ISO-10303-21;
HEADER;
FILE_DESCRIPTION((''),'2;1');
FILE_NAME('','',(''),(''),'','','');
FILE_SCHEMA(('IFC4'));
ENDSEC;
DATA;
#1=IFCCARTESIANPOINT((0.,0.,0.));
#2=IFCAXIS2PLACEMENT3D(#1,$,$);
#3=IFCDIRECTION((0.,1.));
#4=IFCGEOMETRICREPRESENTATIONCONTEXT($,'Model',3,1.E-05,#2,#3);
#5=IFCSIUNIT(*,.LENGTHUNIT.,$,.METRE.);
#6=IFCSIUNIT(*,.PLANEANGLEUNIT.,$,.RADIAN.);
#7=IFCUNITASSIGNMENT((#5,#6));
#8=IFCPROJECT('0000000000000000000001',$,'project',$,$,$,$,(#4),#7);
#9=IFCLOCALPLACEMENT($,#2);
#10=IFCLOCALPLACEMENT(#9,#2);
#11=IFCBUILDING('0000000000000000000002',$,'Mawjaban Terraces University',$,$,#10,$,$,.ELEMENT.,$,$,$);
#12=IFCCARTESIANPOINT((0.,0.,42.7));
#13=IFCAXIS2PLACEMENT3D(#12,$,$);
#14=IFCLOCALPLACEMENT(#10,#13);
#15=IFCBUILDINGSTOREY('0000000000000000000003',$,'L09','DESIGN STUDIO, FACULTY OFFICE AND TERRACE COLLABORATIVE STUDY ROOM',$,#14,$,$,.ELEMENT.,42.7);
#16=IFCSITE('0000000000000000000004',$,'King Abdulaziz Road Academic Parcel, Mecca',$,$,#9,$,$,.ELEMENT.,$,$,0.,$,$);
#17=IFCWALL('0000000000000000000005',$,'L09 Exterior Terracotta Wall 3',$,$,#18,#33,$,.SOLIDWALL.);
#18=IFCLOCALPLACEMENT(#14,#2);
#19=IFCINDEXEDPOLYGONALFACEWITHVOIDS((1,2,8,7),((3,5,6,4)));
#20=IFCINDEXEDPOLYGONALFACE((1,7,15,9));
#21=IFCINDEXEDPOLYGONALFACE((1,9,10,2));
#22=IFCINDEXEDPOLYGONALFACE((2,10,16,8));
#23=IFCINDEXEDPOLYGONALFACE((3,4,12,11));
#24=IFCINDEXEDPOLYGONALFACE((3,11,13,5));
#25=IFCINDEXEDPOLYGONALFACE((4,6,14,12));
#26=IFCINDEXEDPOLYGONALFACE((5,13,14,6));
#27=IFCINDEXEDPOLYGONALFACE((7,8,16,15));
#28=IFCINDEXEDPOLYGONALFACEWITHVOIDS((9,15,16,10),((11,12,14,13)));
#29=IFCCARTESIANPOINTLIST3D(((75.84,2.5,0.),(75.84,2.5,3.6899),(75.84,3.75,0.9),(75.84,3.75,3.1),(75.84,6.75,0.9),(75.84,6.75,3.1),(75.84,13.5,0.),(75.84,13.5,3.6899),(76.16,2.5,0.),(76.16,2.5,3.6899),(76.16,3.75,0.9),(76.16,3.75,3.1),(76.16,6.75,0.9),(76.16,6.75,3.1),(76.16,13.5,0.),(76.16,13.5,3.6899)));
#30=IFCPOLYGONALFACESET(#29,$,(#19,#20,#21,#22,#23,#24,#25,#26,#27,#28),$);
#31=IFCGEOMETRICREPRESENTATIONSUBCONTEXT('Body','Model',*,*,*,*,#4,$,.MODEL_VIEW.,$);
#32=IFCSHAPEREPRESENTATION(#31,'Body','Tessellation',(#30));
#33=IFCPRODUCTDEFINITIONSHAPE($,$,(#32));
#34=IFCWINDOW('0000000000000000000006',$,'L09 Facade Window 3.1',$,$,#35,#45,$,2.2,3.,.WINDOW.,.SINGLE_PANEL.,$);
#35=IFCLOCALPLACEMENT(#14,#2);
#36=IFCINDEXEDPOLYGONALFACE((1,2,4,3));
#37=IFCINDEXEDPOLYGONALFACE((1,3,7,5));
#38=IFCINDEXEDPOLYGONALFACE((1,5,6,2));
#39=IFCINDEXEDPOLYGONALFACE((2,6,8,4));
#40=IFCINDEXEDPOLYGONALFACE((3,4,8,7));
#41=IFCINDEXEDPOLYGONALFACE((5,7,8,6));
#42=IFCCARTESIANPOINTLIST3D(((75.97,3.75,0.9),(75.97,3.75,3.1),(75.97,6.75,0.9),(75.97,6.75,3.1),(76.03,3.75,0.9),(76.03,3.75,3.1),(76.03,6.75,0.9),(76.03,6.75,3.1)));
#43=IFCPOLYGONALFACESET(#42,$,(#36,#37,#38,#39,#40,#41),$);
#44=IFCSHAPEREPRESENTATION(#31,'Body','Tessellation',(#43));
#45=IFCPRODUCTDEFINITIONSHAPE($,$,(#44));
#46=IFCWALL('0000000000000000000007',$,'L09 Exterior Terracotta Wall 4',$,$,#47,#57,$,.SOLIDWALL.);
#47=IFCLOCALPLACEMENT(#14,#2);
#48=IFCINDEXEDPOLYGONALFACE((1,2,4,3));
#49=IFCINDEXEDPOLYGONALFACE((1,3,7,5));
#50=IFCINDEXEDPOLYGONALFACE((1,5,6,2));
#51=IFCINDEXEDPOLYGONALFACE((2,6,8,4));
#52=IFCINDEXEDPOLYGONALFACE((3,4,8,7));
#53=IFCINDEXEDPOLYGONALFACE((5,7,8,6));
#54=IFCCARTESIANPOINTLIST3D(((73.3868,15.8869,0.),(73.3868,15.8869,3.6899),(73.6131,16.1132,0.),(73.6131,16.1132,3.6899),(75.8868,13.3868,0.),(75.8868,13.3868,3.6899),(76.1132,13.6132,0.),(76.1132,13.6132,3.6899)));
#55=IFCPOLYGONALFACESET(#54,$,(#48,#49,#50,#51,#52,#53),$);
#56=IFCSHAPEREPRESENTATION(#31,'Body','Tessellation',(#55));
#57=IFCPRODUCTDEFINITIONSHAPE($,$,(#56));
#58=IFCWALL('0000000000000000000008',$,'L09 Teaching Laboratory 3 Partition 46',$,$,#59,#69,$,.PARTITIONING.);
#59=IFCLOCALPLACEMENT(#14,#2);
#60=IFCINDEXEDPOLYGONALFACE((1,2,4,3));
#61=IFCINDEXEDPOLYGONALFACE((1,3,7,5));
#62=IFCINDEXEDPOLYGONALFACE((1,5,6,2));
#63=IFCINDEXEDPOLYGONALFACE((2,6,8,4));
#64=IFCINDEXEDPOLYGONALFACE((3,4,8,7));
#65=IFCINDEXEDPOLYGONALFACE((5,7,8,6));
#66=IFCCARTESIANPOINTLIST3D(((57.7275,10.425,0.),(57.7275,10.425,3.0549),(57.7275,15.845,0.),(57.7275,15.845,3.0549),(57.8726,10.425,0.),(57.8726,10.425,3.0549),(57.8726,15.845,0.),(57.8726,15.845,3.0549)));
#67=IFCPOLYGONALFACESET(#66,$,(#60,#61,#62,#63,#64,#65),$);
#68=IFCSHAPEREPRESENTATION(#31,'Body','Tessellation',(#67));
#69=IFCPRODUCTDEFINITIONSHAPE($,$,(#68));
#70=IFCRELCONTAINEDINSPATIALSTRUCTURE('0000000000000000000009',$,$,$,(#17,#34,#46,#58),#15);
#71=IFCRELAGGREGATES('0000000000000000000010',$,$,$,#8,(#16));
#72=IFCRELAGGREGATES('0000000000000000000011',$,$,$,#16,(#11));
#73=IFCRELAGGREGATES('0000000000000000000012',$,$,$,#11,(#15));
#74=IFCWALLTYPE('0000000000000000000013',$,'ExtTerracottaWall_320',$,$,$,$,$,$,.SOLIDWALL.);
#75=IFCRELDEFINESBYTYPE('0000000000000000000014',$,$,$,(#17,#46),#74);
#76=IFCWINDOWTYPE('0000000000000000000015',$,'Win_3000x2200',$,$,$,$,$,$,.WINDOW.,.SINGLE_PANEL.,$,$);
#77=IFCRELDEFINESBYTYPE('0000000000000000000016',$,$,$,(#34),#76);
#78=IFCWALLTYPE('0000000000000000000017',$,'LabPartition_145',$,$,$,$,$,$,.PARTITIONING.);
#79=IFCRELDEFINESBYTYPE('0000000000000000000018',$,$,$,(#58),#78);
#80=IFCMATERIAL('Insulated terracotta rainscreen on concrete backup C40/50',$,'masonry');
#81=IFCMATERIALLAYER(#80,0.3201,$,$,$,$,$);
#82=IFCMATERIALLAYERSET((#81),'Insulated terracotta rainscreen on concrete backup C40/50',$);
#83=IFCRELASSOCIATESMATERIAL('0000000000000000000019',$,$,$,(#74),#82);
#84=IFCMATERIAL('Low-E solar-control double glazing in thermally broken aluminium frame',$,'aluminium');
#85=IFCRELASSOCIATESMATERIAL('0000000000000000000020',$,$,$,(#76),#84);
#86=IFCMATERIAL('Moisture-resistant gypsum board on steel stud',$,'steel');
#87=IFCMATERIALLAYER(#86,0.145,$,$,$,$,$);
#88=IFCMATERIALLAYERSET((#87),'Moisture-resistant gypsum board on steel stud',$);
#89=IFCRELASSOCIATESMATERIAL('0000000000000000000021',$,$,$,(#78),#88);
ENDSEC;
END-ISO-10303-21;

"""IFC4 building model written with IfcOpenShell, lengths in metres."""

from ifc_helpers import new_model, si_unit, direction, frame, frame_2d, origin, place, context, subcontext, project, spatial, rectangle, extrude, material, layer, layer_set, type_object, element, fill, save


model = new_model("IFC4")

# Units and contexts
model_context = context("Model", 3, precision=1e-05, world=origin(), true_north=direction((0.0, 1.0)))
body_context = subcontext(model_context, "Body", "Model", "MODEL_VIEW")
ifc_project = project(units=[si_unit("LENGTHUNIT", "METRE"), si_unit("PLANEANGLEUNIT", "RADIAN")], contexts=[model_context])

# Site, building, storey
site_placement = place(None, origin())
site = spatial("IfcSite", under=ifc_project, at=site_placement, Name="King Abdulaziz Road Academic Parcel, Mecca", CompositionType="ELEMENT", RefElevation=0.0)
building_placement = place(site_placement, origin())
building = spatial("IfcBuilding", under=site, at=building_placement, Name="Mawjaban Terraces University", CompositionType="ELEMENT")
storey_placement = place(building_placement, frame((0.0, 0.0, 42.7)))
storey = spatial("IfcBuildingStorey", under=building, at=storey_placement, Name="L09", Description="DESIGN STUDIO, FACULTY OFFICE AND TERRACE COLLABORATIVE STUDY ROOM", CompositionType="ELEMENT", Elevation=42.7)

# Shared definitions
ifc_material_1 = material(Name="Insulated terracotta rainscreen on concrete backup C40/50", Category="masonry")
ifc_layer_1 = layer(ifc_material_1, 0.3201)
ifc_layer_set_1 = layer_set([ifc_layer_1], Name="Insulated terracotta rainscreen on concrete backup C40/50")
wall_type_1 = type_object("IfcWallType", Name="ExtTerracottaWall_320", PredefinedType="SOLIDWALL", material=ifc_layer_set_1)

# Wall, opening, window
wall_1_placement = place(storey_placement, frame((76.0, 2.5, 0.0), z_axis=(0.0, 0.0, 1.0), x_axis=(0.0, 1.0, 0.0)))
wall_1 = element("IfcWall", 1, at=wall_1_placement, inside=storey, type_object=wall_type_1, Name="L09 Exterior Terracotta Wall 3", PredefinedType="SOLIDWALL", context=body_context, shape_type="SweptSolid", body=[
    extrude(rectangle(XDim=11.0, YDim=0.3201, at=frame_2d((5.5, 0.0))), origin(), (0.0, 0.0, 1.0), 3.6899),
])
opening_1_placement = place(wall_1_placement, frame((1.25, 0.0, 0.8999)))
opening_1 = element("IfcOpeningElement", 2, at=opening_1_placement, cuts=wall_1, PredefinedType="OPENING", context=body_context, shape_type="SweptSolid", body=[
    extrude(rectangle(XDim=3.0, YDim=2.2, at=frame_2d((1.5, 1.1001))), frame((0.0, 0.1699, 0.0), z_axis=(0.0, -1.0, 0.0), x_axis=(1.0, 0.0, 0.0)), (0.0, 0.0, 1.0), 0.3401),
])
ifc_material_2 = material(Name="Low-E solar-control double glazing in thermally broken aluminium frame", Category="aluminium")
window_type = type_object("IfcWindowType", Name="Win_3000x2200", PartitioningType="SINGLE_PANEL", PredefinedType="WINDOW", material=ifc_material_2)
window_placement = place(opening_1_placement, origin())
window = element("IfcWindow", 3, at=window_placement, inside=storey, type_object=window_type, Name="L09 Facade Window 3.1", OverallHeight=2.2, OverallWidth=3.0, PartitioningType="SINGLE_PANEL", PredefinedType="WINDOW", context=body_context, shape_type="SweptSolid", body=[
    extrude(rectangle(XDim=3.0, YDim=2.2, at=frame_2d((1.5, 1.1001))), frame((0.0, 0.03, 0.0), z_axis=(0.0, -1.0, 0.0), x_axis=(1.0, 0.0, 0.0)), (0.0, 0.0, 1.0), 0.0601),
])
fill(opening_1, window)

# Walls
wall_2_placement = place(storey_placement, frame((76.0, 13.5, 0.0), z_axis=(0.0, 0.0, 1.0), x_axis=(-0.707107, 0.707107, 0.0)))
element("IfcWall", 4, at=wall_2_placement, inside=storey, type_object=wall_type_1, Name="L09 Exterior Terracotta Wall 4", PredefinedType="SOLIDWALL", context=body_context, shape_type="SweptSolid", body=[
    extrude(rectangle(XDim=3.5356, YDim=0.3201, at=frame_2d((1.7678, 0.0))), origin(), (0.0, 0.0, 1.0), 3.6899),
])
ifc_material_3 = material(Name="Moisture-resistant gypsum board on steel stud", Category="steel")
ifc_layer_2 = layer(ifc_material_3, 0.145)
ifc_layer_set_2 = layer_set([ifc_layer_2], Name="Moisture-resistant gypsum board on steel stud")
wall_type_2 = type_object("IfcWallType", Name="LabPartition_145", PredefinedType="PARTITIONING", material=ifc_layer_set_2)
wall_3_placement = place(storey_placement, frame((57.8, 10.425, 0.0), z_axis=(0.0, 0.0, 1.0), x_axis=(0.0, 1.0, 0.0)))
element("IfcWall", 5, at=wall_3_placement, inside=storey, type_object=wall_type_2, Name="L09 Teaching Laboratory 3 Partition 46", PredefinedType="PARTITIONING", context=body_context, shape_type="SweptSolid", body=[
    extrude(rectangle(XDim=5.4199, YDim=0.145, at=frame_2d((2.71, 0.0))), origin(), (0.0, 0.0, 1.0), 3.0549),
])

save(model, "model.ifc")
